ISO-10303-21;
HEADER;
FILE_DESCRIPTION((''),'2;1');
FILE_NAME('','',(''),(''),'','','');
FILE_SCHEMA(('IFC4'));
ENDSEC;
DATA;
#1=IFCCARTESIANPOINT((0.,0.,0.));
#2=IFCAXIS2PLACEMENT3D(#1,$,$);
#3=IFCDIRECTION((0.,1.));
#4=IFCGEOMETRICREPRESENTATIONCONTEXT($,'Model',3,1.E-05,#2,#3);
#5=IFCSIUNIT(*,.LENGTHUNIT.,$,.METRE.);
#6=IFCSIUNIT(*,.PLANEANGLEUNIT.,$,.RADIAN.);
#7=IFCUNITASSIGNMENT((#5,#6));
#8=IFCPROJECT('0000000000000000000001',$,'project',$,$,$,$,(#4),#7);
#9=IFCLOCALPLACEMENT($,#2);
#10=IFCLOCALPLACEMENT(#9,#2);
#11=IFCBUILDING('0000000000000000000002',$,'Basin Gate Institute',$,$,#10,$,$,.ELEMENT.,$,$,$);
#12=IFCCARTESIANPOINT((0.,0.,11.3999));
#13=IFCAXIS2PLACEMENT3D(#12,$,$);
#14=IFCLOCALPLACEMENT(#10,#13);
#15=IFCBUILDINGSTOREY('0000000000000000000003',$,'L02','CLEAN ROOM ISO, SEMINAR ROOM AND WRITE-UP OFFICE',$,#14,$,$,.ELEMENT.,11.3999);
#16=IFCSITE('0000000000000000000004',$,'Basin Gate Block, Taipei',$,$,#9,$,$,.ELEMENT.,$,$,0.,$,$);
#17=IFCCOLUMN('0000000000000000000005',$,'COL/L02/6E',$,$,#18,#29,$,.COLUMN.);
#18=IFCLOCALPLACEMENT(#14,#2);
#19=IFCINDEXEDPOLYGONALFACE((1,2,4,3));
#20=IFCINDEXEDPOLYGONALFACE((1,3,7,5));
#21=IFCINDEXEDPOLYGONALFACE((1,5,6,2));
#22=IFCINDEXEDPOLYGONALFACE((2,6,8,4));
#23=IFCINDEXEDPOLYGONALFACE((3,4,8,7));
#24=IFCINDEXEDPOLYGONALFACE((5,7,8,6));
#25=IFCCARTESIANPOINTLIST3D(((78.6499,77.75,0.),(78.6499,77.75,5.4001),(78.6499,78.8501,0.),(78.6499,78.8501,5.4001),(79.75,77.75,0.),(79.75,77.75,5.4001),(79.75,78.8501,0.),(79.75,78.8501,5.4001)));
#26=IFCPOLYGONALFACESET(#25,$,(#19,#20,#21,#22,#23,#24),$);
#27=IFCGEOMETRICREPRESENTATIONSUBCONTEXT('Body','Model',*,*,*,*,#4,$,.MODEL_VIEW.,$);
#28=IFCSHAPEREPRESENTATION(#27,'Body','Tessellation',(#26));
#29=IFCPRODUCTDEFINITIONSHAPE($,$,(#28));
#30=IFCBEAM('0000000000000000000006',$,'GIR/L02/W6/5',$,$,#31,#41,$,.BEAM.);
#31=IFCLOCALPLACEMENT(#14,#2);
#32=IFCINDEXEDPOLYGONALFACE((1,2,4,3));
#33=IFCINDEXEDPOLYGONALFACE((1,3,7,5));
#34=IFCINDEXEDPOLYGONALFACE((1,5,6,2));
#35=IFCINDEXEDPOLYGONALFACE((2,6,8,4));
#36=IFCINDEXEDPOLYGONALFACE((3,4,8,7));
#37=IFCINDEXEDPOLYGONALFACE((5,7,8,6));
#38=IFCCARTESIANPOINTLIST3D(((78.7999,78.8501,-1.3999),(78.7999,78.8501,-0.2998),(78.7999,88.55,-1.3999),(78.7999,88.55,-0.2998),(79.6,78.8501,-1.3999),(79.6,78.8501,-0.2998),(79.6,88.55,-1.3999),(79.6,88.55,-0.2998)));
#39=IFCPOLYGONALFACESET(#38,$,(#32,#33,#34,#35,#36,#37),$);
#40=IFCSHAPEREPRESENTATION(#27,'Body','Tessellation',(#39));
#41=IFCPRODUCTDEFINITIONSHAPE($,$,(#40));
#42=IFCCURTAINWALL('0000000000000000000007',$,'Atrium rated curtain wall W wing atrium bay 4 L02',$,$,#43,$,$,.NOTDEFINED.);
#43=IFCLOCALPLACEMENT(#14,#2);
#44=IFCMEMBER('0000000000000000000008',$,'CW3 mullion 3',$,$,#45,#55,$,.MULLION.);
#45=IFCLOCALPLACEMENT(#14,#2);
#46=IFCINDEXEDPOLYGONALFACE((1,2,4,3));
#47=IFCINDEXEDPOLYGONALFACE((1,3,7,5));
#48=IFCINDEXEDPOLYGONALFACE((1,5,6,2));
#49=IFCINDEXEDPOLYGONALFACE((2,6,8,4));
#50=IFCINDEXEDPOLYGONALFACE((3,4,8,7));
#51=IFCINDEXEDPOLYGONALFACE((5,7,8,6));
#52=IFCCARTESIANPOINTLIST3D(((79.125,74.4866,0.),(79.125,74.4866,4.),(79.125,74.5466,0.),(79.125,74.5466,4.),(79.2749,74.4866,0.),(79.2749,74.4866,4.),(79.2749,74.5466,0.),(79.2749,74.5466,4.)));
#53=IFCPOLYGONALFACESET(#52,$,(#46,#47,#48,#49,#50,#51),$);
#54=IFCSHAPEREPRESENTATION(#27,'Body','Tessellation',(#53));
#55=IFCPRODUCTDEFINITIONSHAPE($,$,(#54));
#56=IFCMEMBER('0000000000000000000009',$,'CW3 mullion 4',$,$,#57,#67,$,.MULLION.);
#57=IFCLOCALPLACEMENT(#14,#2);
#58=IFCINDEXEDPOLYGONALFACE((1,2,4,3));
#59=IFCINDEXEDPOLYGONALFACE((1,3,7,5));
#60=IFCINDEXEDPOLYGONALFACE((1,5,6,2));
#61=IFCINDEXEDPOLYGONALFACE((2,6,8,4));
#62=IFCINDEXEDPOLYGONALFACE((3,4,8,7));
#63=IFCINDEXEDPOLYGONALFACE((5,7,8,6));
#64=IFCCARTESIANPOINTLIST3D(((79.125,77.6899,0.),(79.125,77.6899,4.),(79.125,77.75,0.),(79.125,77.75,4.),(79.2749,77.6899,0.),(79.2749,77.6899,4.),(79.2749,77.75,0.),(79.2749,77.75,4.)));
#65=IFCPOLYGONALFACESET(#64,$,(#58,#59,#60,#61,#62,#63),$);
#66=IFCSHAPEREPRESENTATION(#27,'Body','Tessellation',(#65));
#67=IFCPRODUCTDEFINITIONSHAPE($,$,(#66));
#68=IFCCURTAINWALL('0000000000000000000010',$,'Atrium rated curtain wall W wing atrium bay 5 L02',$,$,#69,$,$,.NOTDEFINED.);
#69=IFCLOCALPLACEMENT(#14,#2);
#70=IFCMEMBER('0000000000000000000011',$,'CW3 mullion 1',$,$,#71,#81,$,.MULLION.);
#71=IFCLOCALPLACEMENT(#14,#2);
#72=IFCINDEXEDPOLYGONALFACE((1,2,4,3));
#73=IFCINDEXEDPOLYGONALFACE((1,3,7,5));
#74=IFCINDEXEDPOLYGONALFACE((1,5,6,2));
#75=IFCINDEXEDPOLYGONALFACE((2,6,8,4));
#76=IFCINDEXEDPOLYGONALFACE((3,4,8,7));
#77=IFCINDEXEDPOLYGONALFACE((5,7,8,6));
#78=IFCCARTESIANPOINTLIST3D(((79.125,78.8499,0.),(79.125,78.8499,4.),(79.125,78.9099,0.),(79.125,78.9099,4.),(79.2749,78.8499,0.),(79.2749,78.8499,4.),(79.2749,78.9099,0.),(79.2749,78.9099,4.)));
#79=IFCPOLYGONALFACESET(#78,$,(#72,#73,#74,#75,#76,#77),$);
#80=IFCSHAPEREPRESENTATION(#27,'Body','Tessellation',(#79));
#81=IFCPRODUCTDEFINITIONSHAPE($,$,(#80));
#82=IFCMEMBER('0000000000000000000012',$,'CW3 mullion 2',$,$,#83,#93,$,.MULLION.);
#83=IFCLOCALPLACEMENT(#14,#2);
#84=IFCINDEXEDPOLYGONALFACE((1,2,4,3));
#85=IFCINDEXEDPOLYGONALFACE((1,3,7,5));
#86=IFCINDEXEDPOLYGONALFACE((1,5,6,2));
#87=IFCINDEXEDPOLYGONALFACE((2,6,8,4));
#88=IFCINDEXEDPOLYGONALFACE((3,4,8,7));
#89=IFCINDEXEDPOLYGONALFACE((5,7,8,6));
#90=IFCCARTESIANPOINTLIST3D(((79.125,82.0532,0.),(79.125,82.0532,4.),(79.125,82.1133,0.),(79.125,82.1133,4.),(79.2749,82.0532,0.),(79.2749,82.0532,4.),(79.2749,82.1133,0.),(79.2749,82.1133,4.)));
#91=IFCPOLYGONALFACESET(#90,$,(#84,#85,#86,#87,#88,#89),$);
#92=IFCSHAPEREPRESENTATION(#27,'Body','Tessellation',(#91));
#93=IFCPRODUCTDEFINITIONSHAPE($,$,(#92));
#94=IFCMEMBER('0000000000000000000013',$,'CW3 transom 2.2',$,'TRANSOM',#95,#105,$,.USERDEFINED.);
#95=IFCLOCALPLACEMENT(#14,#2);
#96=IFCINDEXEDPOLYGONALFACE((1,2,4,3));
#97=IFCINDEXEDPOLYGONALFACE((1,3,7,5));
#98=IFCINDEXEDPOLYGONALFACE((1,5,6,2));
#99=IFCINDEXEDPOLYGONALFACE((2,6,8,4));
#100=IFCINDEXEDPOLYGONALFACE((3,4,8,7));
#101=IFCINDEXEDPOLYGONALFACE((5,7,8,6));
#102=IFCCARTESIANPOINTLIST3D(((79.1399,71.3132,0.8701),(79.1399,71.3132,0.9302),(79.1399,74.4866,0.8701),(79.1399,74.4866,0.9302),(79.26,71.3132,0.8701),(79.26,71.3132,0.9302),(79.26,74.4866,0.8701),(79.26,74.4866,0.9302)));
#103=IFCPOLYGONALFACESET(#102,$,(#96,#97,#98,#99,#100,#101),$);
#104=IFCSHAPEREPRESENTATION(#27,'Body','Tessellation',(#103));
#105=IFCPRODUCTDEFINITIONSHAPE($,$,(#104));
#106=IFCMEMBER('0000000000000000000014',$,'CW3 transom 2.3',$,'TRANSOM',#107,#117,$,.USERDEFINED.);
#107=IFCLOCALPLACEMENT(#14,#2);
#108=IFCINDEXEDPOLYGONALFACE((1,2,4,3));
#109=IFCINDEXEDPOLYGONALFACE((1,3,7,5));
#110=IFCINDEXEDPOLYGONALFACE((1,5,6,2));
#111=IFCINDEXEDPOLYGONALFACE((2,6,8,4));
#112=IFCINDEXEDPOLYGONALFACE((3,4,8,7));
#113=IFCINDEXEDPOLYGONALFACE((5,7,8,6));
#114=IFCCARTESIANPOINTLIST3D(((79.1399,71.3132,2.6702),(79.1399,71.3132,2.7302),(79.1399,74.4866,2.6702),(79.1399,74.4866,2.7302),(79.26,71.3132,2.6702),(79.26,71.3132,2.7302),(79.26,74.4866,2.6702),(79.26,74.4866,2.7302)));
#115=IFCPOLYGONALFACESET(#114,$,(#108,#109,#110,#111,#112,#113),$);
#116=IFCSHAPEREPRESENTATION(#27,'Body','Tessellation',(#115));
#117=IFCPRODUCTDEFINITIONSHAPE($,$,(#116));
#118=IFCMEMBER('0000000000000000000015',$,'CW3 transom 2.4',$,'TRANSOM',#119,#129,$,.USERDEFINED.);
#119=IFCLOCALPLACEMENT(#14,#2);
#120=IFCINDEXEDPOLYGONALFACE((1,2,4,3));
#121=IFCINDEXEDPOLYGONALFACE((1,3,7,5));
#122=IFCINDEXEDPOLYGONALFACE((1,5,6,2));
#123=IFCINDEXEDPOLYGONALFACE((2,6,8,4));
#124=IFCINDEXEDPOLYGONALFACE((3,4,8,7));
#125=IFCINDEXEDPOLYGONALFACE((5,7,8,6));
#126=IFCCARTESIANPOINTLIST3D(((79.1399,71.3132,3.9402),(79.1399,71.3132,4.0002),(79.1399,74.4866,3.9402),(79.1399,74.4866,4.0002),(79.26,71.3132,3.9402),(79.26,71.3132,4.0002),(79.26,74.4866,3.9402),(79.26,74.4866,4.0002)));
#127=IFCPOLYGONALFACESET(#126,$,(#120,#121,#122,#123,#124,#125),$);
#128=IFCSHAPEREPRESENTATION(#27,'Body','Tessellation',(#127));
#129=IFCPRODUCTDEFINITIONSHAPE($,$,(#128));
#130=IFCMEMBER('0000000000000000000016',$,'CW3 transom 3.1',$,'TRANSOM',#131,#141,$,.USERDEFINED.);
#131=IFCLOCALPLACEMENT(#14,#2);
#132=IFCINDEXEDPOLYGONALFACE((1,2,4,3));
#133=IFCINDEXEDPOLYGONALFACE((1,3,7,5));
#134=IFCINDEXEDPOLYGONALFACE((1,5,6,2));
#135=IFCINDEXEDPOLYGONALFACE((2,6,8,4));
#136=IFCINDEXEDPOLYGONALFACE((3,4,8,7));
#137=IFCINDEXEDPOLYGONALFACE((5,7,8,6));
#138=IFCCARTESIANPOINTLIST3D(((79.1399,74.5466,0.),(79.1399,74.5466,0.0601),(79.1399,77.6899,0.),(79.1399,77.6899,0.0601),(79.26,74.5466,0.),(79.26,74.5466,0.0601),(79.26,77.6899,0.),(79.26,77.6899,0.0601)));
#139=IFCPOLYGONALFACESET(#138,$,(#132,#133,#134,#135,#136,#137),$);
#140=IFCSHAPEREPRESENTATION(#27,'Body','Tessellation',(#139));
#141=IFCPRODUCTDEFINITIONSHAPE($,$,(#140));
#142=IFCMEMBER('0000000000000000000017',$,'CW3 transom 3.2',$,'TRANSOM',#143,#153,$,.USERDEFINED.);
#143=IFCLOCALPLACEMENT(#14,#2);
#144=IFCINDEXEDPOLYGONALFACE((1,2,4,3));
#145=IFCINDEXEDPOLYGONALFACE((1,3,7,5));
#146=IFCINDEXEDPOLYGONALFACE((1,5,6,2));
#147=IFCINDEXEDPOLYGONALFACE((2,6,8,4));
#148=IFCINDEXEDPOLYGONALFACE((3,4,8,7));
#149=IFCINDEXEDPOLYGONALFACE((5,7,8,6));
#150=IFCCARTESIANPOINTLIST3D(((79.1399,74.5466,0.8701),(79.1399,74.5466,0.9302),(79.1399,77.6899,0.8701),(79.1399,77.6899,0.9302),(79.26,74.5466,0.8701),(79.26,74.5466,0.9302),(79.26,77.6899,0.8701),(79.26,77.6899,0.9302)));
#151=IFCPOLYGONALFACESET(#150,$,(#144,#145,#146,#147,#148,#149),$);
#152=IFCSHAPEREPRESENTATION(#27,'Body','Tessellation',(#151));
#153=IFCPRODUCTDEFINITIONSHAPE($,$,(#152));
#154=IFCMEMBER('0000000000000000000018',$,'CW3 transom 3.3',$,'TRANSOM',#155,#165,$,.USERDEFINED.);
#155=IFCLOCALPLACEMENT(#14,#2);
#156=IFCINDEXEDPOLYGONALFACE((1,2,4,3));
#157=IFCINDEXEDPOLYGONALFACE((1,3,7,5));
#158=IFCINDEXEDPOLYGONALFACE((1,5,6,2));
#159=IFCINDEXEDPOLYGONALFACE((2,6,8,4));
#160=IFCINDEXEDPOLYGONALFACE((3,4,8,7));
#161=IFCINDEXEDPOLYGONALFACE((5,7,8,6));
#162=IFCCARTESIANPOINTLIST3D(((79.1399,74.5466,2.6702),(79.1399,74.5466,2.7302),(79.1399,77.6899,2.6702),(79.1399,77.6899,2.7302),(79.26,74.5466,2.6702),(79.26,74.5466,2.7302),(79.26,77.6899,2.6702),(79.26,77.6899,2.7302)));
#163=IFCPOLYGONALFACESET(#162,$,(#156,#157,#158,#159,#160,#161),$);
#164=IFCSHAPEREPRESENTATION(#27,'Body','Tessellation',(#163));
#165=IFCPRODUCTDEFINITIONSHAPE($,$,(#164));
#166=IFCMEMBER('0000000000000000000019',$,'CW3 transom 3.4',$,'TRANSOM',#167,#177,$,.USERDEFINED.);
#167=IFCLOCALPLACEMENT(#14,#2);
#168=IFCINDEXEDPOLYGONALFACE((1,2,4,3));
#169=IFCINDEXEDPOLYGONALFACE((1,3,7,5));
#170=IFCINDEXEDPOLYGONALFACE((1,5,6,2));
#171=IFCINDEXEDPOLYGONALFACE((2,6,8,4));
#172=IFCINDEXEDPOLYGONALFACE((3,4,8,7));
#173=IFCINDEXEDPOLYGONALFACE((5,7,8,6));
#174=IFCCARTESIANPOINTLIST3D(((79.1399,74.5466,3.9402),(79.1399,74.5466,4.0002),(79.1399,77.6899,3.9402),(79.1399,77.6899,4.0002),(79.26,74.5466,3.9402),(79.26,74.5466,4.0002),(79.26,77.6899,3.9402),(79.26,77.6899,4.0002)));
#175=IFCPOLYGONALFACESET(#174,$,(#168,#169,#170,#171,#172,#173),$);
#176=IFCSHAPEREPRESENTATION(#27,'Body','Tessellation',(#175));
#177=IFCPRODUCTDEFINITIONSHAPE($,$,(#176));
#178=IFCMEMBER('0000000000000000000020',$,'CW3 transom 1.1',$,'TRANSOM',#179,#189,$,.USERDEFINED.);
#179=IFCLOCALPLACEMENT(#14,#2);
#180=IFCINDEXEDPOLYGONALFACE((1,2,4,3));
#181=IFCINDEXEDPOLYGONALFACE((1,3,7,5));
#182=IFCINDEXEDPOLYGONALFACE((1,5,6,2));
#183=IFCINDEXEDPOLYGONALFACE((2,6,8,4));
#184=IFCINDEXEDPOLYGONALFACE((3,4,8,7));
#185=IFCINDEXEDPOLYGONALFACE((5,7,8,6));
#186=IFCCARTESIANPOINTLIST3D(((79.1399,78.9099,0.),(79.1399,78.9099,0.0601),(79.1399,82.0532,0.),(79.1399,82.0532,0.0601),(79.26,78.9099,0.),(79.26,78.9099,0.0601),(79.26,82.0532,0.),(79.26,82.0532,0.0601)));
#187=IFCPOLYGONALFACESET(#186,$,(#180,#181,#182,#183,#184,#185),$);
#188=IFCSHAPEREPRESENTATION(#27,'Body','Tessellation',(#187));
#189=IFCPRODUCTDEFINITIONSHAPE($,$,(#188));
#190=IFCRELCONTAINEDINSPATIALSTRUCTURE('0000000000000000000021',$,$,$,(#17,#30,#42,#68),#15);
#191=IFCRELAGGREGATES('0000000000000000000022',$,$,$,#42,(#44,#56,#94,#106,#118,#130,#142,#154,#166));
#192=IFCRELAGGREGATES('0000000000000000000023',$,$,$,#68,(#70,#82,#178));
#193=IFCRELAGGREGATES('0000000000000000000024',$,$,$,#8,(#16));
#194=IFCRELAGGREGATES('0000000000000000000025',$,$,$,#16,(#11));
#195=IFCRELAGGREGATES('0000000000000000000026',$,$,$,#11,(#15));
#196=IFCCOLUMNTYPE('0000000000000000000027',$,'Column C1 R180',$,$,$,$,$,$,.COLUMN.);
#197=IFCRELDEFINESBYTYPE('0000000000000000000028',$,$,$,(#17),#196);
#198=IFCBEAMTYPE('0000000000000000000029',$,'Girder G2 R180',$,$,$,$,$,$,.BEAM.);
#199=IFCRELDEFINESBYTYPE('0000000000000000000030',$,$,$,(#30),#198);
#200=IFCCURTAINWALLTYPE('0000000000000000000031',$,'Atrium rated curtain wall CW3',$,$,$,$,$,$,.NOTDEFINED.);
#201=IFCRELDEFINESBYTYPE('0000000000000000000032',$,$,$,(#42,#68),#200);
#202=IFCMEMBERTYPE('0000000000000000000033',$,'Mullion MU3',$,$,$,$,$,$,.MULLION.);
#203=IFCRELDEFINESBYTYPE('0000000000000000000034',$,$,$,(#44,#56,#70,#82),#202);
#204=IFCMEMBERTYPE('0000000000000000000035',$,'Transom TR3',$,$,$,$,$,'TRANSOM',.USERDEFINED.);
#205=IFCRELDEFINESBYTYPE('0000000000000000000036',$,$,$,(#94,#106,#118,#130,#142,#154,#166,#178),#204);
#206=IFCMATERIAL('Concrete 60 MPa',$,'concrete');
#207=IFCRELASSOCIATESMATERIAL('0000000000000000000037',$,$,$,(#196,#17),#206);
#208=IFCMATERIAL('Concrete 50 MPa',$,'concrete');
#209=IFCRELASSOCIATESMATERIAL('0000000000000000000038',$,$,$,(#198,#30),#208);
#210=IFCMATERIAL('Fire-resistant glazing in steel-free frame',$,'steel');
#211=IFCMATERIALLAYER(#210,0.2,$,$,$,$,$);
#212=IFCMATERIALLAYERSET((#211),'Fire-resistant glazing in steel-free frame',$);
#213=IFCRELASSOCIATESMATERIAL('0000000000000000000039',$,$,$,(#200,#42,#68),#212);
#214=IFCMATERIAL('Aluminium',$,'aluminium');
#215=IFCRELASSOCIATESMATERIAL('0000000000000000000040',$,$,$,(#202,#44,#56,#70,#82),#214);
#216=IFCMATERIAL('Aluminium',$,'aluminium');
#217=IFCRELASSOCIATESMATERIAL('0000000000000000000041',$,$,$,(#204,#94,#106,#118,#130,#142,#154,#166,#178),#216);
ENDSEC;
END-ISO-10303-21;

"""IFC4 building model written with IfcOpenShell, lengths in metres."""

from ifc_helpers import new_model, si_unit, direction, frame, origin, origin_2d, place, context, subcontext, project, spatial, rectangle, extrude, material, layer, layer_set, material_profile, profile_set, type_object, element, aggregate, save


model = new_model("IFC4")

# Units and contexts
model_context = context("Model", 3, precision=1e-05, world=origin(), true_north=direction((0.0, 1.0)))
body_context = subcontext(model_context, "Body", "Model", "MODEL_VIEW")
ifc_project = project(units=[si_unit("LENGTHUNIT", "METRE"), si_unit("PLANEANGLEUNIT", "RADIAN")], contexts=[model_context])

# Site, building, storey
site_placement = place(None, origin())
site = spatial("IfcSite", under=ifc_project, at=site_placement, Name="Basin Gate Block, Taipei", CompositionType="ELEMENT", RefElevation=0.0)
building_placement = place(site_placement, origin())
building = spatial("IfcBuilding", under=site, at=building_placement, Name="Basin Gate Institute", CompositionType="ELEMENT")
storey_placement = place(building_placement, frame((0.0, 0.0, 11.3999)))
storey = spatial("IfcBuildingStorey", under=building, at=storey_placement, Name="L02", Description="CLEAN ROOM ISO, SEMINAR ROOM AND WRITE-UP OFFICE", CompositionType="ELEMENT", Elevation=11.3999)

# Column
ifc_material_1 = material(Name="Concrete 60 MPa", Category="concrete")
ifc_material_profile_1 = material_profile(ifc_material_1, rectangle(XDim=1.1001, YDim=1.1001, at=origin_2d()), Name="Column C1 1100 x 1100")
ifc_profile_set_1 = profile_set([ifc_material_profile_1], Name="Concrete 60 MPa")
column_type = type_object("IfcColumnType", Name="Column C1 R180", PredefinedType="COLUMN", material=ifc_profile_set_1)
column_placement = place(storey_placement, frame((79.2, 78.3, 0.0), z_axis=(0.0, 0.0, 1.0), x_axis=(1.0, 0.0, 0.0)))
element("IfcColumn", 1, at=column_placement, inside=storey, type_object=column_type, material=ifc_profile_set_1, Name="COL/L02/6E", PredefinedType="COLUMN", context=body_context, shape_type="SweptSolid", body=[
    extrude(rectangle(XDim=1.1001, YDim=1.1001, at=origin_2d()), origin(), (0.0, 0.0, 1.0), 5.4001),
])

# Beam
ifc_material_2 = material(Name="Concrete 50 MPa", Category="concrete")
ifc_material_profile_2 = material_profile(ifc_material_2, rectangle(XDim=0.8, YDim=1.1001, at=origin_2d()), Name="Girder G2 800 x 1100")
ifc_profile_set_2 = profile_set([ifc_material_profile_2], Name="Concrete 50 MPa")
beam_type = type_object("IfcBeamType", Name="Girder G2 R180", PredefinedType="BEAM", material=ifc_profile_set_2)
beam_placement = place(storey_placement, frame((79.2, 78.8501, -0.8499), z_axis=(0.0, 1.0, 0.0), x_axis=(-1.0, 0.0, 0.0)))
element("IfcBeam", 2, at=beam_placement, inside=storey, type_object=beam_type, material=ifc_profile_set_2, Name="GIR/L02/W6/5", PredefinedType="BEAM", context=body_context, shape_type="SweptSolid", body=[
    extrude(rectangle(XDim=0.8, YDim=1.1001, at=origin_2d()), origin(), (0.0, 0.0, 1.0), 9.7),
])

# Curtain walls, members
ifc_material_3 = material(Name="Fire-resistant glazing in steel-free frame", Category="steel")
ifc_layer_1 = layer(ifc_material_3, 0.2)
ifc_layer_set_1 = layer_set([ifc_layer_1], Name="Fire-resistant glazing in steel-free frame")
curtain_wall_type = type_object("IfcCurtainWallType", Name="Atrium rated curtain wall CW3", PredefinedType="NOTDEFINED", material=ifc_layer_set_1)
curtain_wall_1_placement = place(storey_placement, origin())
curtain_wall_1 = element("IfcCurtainWall", 3, at=curtain_wall_1_placement, inside=storey, type_object=curtain_wall_type, material=ifc_layer_set_1, Name="Atrium rated curtain wall W wing atrium bay 4 L02", PredefinedType="NOTDEFINED")
ifc_material_4 = material(Name="Aluminium", Category="aluminium")
ifc_material_profile_3 = material_profile(ifc_material_4, rectangle(XDim=0.1499, YDim=0.0601, at=origin_2d()), Name="Mullion MU3 150 x 60")
ifc_profile_set_3 = profile_set([ifc_material_profile_3], Name="Aluminium")
member_type_1 = type_object("IfcMemberType", Name="Mullion MU3", PredefinedType="MULLION", material=ifc_profile_set_3)
member_1_placement = place(storey_placement, frame((79.2, 74.5166, 0.0), z_axis=(0.0, 0.0, 1.0), x_axis=(-1.0, 0.0, 0.0)))
member_1 = element("IfcMember", 4, at=member_1_placement, type_object=member_type_1, material=ifc_profile_set_3, Name="CW3 mullion 3", PredefinedType="MULLION", context=body_context, shape_type="SweptSolid", body=[
    extrude(rectangle(XDim=0.1499, YDim=0.0601, at=origin_2d()), origin(), (0.0, 0.0, 1.0), 4.0),
])
member_2_placement = place(storey_placement, frame((79.2, 77.72, 0.0), z_axis=(0.0, 0.0, 1.0), x_axis=(-1.0, 0.0, 0.0)))
member_2 = element("IfcMember", 5, at=member_2_placement, type_object=member_type_1, material=ifc_profile_set_3, Name="CW3 mullion 4", PredefinedType="MULLION", context=body_context, shape_type="SweptSolid", body=[
    extrude(rectangle(XDim=0.1499, YDim=0.0601, at=origin_2d()), origin(), (0.0, 0.0, 1.0), 4.0),
])
curtain_wall_2_placement = place(storey_placement, origin())
curtain_wall_2 = element("IfcCurtainWall", 6, at=curtain_wall_2_placement, inside=storey, type_object=curtain_wall_type, material=ifc_layer_set_1, Name="Atrium rated curtain wall W wing atrium bay 5 L02", PredefinedType="NOTDEFINED")
member_3_placement = place(storey_placement, frame((79.2, 78.8799, 0.0), z_axis=(0.0, 0.0, 1.0), x_axis=(-1.0, 0.0, 0.0)))
member_3 = element("IfcMember", 7, at=member_3_placement, type_object=member_type_1, material=ifc_profile_set_3, Name="CW3 mullion 1", PredefinedType="MULLION", context=body_context, shape_type="SweptSolid", body=[
    extrude(rectangle(XDim=0.1499, YDim=0.0601, at=origin_2d()), origin(), (0.0, 0.0, 1.0), 4.0),
])
member_4_placement = place(storey_placement, frame((79.2, 82.0833, 0.0), z_axis=(0.0, 0.0, 1.0), x_axis=(-1.0, 0.0, 0.0)))
member_4 = element("IfcMember", 8, at=member_4_placement, type_object=member_type_1, material=ifc_profile_set_3, Name="CW3 mullion 2", PredefinedType="MULLION", context=body_context, shape_type="SweptSolid", body=[
    extrude(rectangle(XDim=0.1499, YDim=0.0601, at=origin_2d()), origin(), (0.0, 0.0, 1.0), 4.0),
])

# Members
ifc_material_5 = material(Name="Aluminium", Category="aluminium")
ifc_material_profile_4 = material_profile(ifc_material_5, rectangle(XDim=0.1201, YDim=0.0601, at=origin_2d()), Name="Transom TR3 120 x 60")
ifc_profile_set_4 = profile_set([ifc_material_profile_4], Name="Aluminium")
member_type_2 = type_object("IfcMemberType", Name="Transom TR3", ElementType="TRANSOM", PredefinedType="USERDEFINED", material=ifc_profile_set_4)
member_5_placement = place(storey_placement, frame((79.2, 71.3132, 0.9001), z_axis=(0.0, 1.0, 0.0), x_axis=(-1.0, 0.0, 0.0)))
member_5 = element("IfcMember", 9, at=member_5_placement, type_object=member_type_2, material=ifc_profile_set_4, Name="CW3 transom 2.2", ObjectType="TRANSOM", PredefinedType="USERDEFINED", context=body_context, shape_type="SweptSolid", body=[
    extrude(rectangle(XDim=0.1201, YDim=0.0601, at=origin_2d()), origin(), (0.0, 0.0, 1.0), 3.1733),
])
member_6_placement = place(storey_placement, frame((79.2, 71.3132, 2.7002), z_axis=(0.0, 1.0, 0.0), x_axis=(-1.0, 0.0, 0.0)))
member_6 = element("IfcMember", 10, at=member_6_placement, type_object=member_type_2, material=ifc_profile_set_4, Name="CW3 transom 2.3", ObjectType="TRANSOM", PredefinedType="USERDEFINED", context=body_context, shape_type="SweptSolid", body=[
    extrude(rectangle(XDim=0.1201, YDim=0.0601, at=origin_2d()), origin(), (0.0, 0.0, 1.0), 3.1733),
])
member_7_placement = place(storey_placement, frame((79.2, 71.3132, 3.9702), z_axis=(0.0, 1.0, 0.0), x_axis=(-1.0, 0.0, 0.0)))
member_7 = element("IfcMember", 11, at=member_7_placement, type_object=member_type_2, material=ifc_profile_set_4, Name="CW3 transom 2.4", ObjectType="TRANSOM", PredefinedType="USERDEFINED", context=body_context, shape_type="SweptSolid", body=[
    extrude(rectangle(XDim=0.1201, YDim=0.0601, at=origin_2d()), origin(), (0.0, 0.0, 1.0), 3.1733),
])
member_8_placement = place(storey_placement, frame((79.2, 74.5466, 0.03), z_axis=(0.0, 1.0, 0.0), x_axis=(-1.0, 0.0, 0.0)))
member_8 = element("IfcMember", 12, at=member_8_placement, type_object=member_type_2, material=ifc_profile_set_4, Name="CW3 transom 3.1", ObjectType="TRANSOM", PredefinedType="USERDEFINED", context=body_context, shape_type="SweptSolid", body=[
    extrude(rectangle(XDim=0.1201, YDim=0.0601, at=origin_2d()), origin(), (0.0, 0.0, 1.0), 3.1433),
])
member_9_placement = place(storey_placement, frame((79.2, 74.5466, 0.9001), z_axis=(0.0, 1.0, 0.0), x_axis=(-1.0, 0.0, 0.0)))
member_9 = element("IfcMember", 13, at=member_9_placement, type_object=member_type_2, material=ifc_profile_set_4, Name="CW3 transom 3.2", ObjectType="TRANSOM", PredefinedType="USERDEFINED", context=body_context, shape_type="SweptSolid", body=[
    extrude(rectangle(XDim=0.1201, YDim=0.0601, at=origin_2d()), origin(), (0.0, 0.0, 1.0), 3.1433),
])
member_10_placement = place(storey_placement, frame((79.2, 74.5466, 2.7002), z_axis=(0.0, 1.0, 0.0), x_axis=(-1.0, 0.0, 0.0)))
member_10 = element("IfcMember", 14, at=member_10_placement, type_object=member_type_2, material=ifc_profile_set_4, Name="CW3 transom 3.3", ObjectType="TRANSOM", PredefinedType="USERDEFINED", context=body_context, shape_type="SweptSolid", body=[
    extrude(rectangle(XDim=0.1201, YDim=0.0601, at=origin_2d()), origin(), (0.0, 0.0, 1.0), 3.1433),
])
member_11_placement = place(storey_placement, frame((79.2, 74.5466, 3.9702), z_axis=(0.0, 1.0, 0.0), x_axis=(-1.0, 0.0, 0.0)))
member_11 = element("IfcMember", 15, at=member_11_placement, type_object=member_type_2, material=ifc_profile_set_4, Name="CW3 transom 3.4", ObjectType="TRANSOM", PredefinedType="USERDEFINED", context=body_context, shape_type="SweptSolid", body=[
    extrude(rectangle(XDim=0.1201, YDim=0.0601, at=origin_2d()), origin(), (0.0, 0.0, 1.0), 3.1433),
])
member_12_placement = place(storey_placement, frame((79.2, 78.9099, 0.03), z_axis=(0.0, 1.0, 0.0), x_axis=(-1.0, 0.0, 0.0)))
member_12 = element("IfcMember", 16, at=member_12_placement, type_object=member_type_2, material=ifc_profile_set_4, Name="CW3 transom 1.1", ObjectType="TRANSOM", PredefinedType="USERDEFINED", context=body_context, shape_type="SweptSolid", body=[
    extrude(rectangle(XDim=0.1201, YDim=0.0601, at=origin_2d()), origin(), (0.0, 0.0, 1.0), 3.1433),
])

aggregate(curtain_wall_1, [member_1, member_2, member_5, member_6, member_7, member_8, member_9, member_10, member_11])
aggregate(curtain_wall_2, [member_3, member_4, member_12])

save(model, "model.ifc")
